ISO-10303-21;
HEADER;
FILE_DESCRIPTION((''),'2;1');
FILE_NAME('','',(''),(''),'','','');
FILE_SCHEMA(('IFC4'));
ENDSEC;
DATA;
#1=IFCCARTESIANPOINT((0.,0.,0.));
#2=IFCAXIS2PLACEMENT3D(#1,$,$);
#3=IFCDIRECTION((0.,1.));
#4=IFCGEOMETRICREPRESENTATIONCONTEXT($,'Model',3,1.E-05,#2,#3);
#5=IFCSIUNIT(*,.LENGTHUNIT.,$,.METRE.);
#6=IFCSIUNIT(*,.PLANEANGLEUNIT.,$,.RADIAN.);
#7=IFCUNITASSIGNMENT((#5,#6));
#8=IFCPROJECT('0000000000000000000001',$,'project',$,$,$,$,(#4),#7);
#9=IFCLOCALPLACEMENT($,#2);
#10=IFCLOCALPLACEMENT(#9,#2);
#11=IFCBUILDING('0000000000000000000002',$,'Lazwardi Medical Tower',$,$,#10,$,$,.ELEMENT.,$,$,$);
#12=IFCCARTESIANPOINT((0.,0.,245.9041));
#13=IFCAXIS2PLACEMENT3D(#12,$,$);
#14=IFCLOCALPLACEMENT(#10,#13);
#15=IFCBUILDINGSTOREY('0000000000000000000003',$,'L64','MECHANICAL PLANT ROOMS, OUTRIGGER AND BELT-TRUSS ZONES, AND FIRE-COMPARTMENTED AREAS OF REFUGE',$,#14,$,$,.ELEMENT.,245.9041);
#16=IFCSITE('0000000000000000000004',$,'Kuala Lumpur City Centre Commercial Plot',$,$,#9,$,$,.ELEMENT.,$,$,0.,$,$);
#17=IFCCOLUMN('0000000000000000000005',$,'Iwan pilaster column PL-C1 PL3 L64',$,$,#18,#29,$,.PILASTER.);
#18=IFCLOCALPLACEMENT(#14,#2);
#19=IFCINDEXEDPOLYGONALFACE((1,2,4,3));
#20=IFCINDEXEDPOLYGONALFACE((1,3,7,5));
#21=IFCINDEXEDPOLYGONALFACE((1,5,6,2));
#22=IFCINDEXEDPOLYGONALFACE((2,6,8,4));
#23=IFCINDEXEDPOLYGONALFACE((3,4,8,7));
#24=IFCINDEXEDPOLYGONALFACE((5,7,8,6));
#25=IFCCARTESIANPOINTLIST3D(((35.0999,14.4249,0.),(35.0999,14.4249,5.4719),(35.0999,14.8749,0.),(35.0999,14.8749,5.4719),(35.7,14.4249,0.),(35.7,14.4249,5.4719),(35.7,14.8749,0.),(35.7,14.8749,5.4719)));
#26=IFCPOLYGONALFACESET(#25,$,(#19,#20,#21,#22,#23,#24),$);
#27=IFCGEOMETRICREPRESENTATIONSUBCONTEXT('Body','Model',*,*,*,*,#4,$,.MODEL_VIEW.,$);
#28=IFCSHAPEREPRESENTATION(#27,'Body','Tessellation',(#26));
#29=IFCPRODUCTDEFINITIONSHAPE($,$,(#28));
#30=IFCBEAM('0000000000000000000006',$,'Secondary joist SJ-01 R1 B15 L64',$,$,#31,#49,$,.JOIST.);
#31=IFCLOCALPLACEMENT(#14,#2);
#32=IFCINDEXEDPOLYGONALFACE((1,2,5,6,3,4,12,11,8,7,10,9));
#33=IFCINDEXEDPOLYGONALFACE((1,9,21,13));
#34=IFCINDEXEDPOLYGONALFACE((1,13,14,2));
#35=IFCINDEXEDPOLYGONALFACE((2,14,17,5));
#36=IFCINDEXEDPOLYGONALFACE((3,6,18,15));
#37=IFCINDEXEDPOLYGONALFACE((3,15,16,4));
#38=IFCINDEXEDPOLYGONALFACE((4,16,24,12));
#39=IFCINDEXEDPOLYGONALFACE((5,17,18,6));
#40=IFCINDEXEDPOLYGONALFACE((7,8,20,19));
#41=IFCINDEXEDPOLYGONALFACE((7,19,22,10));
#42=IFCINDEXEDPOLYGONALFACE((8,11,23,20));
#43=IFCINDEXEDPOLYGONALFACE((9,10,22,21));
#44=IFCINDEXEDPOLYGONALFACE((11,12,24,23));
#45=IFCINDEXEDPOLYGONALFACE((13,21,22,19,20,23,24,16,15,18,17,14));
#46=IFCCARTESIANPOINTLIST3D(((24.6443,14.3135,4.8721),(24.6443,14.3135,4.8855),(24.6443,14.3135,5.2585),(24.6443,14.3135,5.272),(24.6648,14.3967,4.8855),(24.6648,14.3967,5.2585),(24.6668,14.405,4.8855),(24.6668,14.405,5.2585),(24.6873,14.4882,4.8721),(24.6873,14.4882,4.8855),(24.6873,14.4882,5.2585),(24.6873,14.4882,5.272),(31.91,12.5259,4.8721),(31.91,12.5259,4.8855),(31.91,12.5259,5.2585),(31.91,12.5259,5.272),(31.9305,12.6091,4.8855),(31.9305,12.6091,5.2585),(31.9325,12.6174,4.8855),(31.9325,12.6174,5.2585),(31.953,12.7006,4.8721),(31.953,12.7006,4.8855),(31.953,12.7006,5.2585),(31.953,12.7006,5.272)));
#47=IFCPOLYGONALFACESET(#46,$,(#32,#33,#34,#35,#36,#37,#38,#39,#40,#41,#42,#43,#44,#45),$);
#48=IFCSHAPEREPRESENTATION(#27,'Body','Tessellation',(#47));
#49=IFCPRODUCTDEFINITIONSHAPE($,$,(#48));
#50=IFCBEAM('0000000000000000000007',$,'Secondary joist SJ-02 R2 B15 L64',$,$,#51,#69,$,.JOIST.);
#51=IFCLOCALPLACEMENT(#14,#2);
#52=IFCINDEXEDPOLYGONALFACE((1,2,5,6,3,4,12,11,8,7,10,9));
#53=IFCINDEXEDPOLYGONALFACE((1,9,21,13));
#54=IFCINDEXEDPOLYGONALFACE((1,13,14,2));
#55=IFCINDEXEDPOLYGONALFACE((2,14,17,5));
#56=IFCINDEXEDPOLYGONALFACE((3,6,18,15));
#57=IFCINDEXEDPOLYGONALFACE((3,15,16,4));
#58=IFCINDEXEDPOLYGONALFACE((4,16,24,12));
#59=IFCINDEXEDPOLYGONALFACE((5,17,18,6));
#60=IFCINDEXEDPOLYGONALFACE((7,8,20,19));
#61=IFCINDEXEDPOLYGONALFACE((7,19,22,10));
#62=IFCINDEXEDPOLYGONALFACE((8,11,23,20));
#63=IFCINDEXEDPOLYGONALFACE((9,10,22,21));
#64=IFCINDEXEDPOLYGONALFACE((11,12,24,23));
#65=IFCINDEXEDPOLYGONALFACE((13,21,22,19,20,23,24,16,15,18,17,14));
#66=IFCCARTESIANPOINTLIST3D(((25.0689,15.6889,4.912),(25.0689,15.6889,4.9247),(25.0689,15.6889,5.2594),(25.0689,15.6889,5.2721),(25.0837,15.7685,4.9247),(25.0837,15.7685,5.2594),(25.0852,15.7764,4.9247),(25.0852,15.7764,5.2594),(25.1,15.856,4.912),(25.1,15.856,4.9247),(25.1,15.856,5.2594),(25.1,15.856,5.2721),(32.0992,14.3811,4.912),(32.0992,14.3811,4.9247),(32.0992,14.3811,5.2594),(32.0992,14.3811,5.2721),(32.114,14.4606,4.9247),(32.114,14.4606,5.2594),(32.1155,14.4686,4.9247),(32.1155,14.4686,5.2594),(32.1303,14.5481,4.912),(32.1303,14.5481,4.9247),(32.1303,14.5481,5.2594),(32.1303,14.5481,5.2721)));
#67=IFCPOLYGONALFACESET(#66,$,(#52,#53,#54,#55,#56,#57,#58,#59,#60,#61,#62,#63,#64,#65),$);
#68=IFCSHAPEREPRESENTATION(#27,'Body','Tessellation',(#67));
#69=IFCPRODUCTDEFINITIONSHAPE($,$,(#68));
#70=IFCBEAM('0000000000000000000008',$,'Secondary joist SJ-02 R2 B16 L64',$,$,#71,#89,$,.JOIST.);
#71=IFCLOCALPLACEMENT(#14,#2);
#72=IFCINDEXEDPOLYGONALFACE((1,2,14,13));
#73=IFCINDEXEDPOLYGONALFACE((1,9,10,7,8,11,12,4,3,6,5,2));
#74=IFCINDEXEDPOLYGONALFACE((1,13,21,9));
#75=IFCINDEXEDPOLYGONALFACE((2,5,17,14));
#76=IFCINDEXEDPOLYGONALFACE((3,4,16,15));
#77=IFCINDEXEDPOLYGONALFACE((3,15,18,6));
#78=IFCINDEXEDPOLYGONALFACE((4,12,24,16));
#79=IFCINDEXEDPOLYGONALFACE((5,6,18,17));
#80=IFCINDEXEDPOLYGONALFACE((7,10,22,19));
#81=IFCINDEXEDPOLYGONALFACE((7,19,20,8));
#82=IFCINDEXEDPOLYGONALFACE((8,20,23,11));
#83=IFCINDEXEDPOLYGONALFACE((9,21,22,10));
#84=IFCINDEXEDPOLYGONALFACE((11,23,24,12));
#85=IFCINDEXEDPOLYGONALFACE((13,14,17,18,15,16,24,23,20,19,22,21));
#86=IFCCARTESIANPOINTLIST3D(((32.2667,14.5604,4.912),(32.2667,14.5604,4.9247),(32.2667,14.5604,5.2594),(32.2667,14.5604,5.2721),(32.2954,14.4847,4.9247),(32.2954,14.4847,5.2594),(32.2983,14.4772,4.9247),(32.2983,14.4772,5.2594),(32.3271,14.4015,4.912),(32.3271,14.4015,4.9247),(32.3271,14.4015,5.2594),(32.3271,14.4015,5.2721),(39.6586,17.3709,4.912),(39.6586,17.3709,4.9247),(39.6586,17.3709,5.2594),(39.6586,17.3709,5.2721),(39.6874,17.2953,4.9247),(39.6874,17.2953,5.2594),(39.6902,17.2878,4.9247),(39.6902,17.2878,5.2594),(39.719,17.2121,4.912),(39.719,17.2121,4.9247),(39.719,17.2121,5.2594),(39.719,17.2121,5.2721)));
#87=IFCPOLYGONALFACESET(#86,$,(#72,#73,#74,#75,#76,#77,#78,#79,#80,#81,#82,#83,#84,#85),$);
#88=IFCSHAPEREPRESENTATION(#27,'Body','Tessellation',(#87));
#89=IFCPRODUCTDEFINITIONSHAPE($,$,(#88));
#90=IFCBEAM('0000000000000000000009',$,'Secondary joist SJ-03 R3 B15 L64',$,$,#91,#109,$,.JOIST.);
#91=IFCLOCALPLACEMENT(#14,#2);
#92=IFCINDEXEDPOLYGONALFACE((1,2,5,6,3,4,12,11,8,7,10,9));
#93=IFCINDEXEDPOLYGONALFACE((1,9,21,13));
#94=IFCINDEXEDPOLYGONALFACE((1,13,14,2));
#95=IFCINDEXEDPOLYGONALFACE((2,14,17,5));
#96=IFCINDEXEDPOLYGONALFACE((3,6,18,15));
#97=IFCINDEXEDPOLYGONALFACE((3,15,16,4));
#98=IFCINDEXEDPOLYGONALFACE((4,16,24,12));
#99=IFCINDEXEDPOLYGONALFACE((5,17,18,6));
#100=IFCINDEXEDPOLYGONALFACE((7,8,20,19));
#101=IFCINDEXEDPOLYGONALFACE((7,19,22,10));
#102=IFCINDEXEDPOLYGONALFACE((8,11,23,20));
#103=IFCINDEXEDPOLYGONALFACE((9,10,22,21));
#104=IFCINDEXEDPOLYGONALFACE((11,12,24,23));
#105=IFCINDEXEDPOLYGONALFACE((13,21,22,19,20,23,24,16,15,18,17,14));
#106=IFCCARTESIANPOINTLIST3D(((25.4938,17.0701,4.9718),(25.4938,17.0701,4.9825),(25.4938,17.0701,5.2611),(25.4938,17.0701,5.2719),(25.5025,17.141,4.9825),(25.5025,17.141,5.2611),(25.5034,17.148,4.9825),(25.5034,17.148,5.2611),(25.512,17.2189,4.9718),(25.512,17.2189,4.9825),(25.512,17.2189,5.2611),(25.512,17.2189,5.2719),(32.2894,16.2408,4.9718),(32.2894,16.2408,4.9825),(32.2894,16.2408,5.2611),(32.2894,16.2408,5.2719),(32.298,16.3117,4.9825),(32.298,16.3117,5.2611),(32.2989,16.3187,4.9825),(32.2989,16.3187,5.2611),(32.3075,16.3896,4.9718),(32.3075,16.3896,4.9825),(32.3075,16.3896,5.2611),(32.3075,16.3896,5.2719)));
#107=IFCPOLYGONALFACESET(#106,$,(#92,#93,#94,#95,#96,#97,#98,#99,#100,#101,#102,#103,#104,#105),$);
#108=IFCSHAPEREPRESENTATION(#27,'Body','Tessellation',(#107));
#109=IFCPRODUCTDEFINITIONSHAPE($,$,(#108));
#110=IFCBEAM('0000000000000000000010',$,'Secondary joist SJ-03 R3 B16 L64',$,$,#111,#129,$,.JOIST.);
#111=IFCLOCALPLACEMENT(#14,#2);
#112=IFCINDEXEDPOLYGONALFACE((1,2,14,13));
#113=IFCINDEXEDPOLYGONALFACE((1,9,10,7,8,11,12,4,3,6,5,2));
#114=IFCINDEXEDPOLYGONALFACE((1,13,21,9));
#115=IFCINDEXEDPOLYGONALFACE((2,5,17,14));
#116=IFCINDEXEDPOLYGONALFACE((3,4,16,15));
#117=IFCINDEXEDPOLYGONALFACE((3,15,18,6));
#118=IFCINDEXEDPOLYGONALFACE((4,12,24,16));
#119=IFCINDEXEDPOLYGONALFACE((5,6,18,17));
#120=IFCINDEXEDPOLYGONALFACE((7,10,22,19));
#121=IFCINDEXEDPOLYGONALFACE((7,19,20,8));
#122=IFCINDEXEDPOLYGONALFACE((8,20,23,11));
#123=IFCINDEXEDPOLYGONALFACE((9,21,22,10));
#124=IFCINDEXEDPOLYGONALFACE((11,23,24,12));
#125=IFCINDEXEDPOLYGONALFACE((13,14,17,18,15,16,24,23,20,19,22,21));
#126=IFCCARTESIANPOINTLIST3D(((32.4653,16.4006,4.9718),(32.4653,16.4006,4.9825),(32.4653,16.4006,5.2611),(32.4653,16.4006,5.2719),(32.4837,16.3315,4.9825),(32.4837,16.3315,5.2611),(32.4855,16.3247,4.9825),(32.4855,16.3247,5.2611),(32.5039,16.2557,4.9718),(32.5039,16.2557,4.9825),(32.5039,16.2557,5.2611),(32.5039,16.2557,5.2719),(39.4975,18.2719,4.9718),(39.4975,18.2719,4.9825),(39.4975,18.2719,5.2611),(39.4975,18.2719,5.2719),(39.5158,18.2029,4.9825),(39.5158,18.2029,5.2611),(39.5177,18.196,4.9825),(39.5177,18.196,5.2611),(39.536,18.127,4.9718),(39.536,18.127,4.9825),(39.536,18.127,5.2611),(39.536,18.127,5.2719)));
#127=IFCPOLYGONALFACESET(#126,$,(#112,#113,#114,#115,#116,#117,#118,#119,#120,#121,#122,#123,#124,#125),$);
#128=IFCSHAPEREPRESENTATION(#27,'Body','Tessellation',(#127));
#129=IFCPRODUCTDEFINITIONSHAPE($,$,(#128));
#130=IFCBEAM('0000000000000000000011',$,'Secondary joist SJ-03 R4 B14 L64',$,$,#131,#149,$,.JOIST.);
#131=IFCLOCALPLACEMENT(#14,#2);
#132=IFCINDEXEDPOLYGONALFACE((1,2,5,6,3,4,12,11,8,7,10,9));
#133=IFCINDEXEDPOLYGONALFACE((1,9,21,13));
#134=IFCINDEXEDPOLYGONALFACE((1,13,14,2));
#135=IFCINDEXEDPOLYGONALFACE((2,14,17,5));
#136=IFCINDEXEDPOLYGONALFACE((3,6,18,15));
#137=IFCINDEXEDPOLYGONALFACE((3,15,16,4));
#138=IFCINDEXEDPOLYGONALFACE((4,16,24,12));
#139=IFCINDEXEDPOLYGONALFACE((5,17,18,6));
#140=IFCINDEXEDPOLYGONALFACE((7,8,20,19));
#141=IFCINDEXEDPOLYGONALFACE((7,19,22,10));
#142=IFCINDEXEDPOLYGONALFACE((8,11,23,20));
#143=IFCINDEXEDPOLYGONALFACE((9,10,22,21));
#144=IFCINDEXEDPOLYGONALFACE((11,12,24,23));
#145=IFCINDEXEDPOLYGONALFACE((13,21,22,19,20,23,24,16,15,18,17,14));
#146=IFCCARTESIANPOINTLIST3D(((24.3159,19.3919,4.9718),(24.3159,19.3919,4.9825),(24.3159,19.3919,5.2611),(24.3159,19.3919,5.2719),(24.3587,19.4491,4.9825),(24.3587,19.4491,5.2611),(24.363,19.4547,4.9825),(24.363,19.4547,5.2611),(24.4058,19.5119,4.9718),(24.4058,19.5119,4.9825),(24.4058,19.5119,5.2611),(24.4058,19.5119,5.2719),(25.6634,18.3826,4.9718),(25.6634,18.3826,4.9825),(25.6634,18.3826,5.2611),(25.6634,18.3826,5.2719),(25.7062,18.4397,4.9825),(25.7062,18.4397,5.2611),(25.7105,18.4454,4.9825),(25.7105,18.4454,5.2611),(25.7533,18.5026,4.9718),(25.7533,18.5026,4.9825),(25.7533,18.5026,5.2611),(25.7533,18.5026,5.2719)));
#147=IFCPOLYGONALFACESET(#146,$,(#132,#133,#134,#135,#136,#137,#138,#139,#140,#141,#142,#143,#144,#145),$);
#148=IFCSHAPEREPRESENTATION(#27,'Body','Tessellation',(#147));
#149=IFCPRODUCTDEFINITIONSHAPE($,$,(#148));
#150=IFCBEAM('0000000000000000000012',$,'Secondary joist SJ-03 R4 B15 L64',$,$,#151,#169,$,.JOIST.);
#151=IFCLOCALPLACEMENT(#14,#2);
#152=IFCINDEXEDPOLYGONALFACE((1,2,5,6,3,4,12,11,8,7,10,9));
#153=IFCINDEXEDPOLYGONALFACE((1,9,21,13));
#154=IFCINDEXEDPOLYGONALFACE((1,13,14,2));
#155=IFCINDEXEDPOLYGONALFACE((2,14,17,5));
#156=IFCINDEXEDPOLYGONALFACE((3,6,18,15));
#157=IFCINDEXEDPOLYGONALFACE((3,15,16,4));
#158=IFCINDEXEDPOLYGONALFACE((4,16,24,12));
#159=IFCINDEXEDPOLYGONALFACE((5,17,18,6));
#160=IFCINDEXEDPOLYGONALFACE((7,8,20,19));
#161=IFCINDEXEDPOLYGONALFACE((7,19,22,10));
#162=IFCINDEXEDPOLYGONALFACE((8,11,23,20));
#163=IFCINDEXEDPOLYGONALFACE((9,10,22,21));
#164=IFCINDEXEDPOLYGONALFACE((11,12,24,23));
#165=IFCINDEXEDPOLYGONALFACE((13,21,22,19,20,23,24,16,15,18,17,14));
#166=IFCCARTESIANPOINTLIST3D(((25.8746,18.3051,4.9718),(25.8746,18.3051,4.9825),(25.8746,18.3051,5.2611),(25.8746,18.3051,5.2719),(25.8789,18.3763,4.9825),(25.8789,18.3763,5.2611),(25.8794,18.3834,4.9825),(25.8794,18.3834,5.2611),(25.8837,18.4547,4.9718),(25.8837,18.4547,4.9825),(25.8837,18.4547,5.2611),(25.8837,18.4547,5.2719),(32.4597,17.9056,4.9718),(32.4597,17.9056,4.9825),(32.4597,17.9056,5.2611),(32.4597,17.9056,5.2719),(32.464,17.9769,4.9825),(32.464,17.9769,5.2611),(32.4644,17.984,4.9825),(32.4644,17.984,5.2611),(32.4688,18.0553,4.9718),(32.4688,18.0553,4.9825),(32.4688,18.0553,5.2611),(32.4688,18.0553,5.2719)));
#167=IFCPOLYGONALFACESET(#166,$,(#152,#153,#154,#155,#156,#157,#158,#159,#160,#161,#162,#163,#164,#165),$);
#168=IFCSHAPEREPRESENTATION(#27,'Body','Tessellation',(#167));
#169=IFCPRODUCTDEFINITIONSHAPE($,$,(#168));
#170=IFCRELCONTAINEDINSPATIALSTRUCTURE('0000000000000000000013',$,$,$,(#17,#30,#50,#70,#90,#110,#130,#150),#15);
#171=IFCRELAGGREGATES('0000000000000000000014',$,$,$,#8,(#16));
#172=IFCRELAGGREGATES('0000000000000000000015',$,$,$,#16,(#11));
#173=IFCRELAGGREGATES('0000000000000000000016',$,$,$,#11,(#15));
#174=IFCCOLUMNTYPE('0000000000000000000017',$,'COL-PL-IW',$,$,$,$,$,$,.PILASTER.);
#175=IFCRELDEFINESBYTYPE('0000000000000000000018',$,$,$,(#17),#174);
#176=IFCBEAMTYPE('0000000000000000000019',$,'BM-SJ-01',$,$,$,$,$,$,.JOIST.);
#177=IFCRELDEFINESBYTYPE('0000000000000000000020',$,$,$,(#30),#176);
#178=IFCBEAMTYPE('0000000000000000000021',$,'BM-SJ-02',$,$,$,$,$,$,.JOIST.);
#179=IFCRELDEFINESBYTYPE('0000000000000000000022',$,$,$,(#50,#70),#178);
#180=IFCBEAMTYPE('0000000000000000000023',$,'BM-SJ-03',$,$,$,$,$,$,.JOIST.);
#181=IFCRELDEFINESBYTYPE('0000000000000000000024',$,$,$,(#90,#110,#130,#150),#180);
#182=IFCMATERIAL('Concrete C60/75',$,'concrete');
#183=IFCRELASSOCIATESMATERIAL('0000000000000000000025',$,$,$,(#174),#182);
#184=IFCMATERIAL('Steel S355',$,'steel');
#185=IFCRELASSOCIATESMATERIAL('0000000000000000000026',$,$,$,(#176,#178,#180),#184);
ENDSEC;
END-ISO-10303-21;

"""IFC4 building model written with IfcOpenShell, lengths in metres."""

from ifc_helpers import new_model, si_unit, direction, frame, origin, origin_2d, place, context, subcontext, project, spatial, rectangle, i_section, extrude, material, material_profile, profile_set, type_object, element, save


model = new_model("IFC4")

# Units and contexts
model_context = context("Model", 3, precision=1e-05, world=origin(), true_north=direction((0.0, 1.0)))
body_context = subcontext(model_context, "Body", "Model", "MODEL_VIEW")
ifc_project = project(units=[si_unit("LENGTHUNIT", "METRE"), si_unit("PLANEANGLEUNIT", "RADIAN")], contexts=[model_context])

# Site, building, storey
site_placement = place(None, origin())
site = spatial("IfcSite", under=ifc_project, at=site_placement, Name="Kuala Lumpur City Centre Commercial Plot", CompositionType="ELEMENT", RefElevation=0.0)
building_placement = place(site_placement, origin())
building = spatial("IfcBuilding", under=site, at=building_placement, Name="Lazwardi Medical Tower", CompositionType="ELEMENT")
storey_placement = place(building_placement, frame((0.0, 0.0, 245.9041)))
storey = spatial("IfcBuildingStorey", under=building, at=storey_placement, Name="L64", Description="MECHANICAL PLANT ROOMS, OUTRIGGER AND BELT-TRUSS ZONES, AND FIRE-COMPARTMENTED AREAS OF REFUGE", CompositionType="ELEMENT", Elevation=245.9041)

# Column
ifc_material_1 = material(Name="Concrete C60/75", Category="concrete")
ifc_material_profile_1 = material_profile(ifc_material_1, rectangle(XDim=0.6001, YDim=0.45, at=origin_2d()), Name="RC 600x450")
ifc_profile_set_1 = profile_set([ifc_material_profile_1], Name="Concrete C60/75")
column_type = type_object("IfcColumnType", Name="COL-PL-IW", PredefinedType="PILASTER", material=ifc_profile_set_1)
column_placement = place(storey_placement, frame((35.3999, 14.6499, 0.0), z_axis=(0.0, 0.0, 1.0), x_axis=(1.0, 0.0, 0.0)))
element("IfcColumn", 1, at=column_placement, inside=storey, type_object=column_type, Name="Iwan pilaster column PL-C1 PL3 L64", PredefinedType="PILASTER", context=body_context, shape_type="SweptSolid", body=[
    extrude(rectangle(XDim=0.6001, YDim=0.45, at=origin_2d()), origin(), (0.0, 0.0, 1.0), 5.4719),
])

# Beams
ifc_material_2 = material(Name="Steel S355", Category="steel")
ifc_material_profile_2 = material_profile(ifc_material_2, i_section(OverallWidth=0.1799, OverallDepth=0.3999, WebThickness=0.0085, FlangeThickness=0.0134, at=origin_2d()), Name="IPE 400")
ifc_profile_set_2 = profile_set([ifc_material_profile_2], Name="Steel S355")
beam_type_1 = type_object("IfcBeamType", Name="BM-SJ-01", PredefinedType="JOIST", material=ifc_profile_set_2)
beam_1_placement = place(storey_placement, frame((24.6658, 14.4009, 5.072), z_axis=(0.971042, -0.23891, 0.0), x_axis=(0.23891, 0.971042, 0.0)))
element("IfcBeam", 2, at=beam_1_placement, inside=storey, type_object=beam_type_1, Name="Secondary joist SJ-01 R1 B15 L64", PredefinedType="JOIST", context=body_context, shape_type="SweptSolid", body=[
    extrude(i_section(OverallWidth=0.1799, OverallDepth=0.3999, WebThickness=0.0085, FlangeThickness=0.0134, at=origin_2d()), origin(), (0.0, 0.0, 1.0), 7.4824),
])
ifc_material_profile_3 = material_profile(ifc_material_2, i_section(OverallWidth=0.1699, OverallDepth=0.3601, WebThickness=0.0081, FlangeThickness=0.0127, at=origin_2d()), Name="IPE 360")
ifc_profile_set_3 = profile_set([ifc_material_profile_3], Name="Steel S355")
beam_type_2 = type_object("IfcBeamType", Name="BM-SJ-02", PredefinedType="JOIST", material=ifc_profile_set_3)
beam_2_placement = place(storey_placement, frame((25.0845, 15.7725, 5.092), z_axis=(0.983132, -0.182895, 0.0), x_axis=(0.182895, 0.983132, 0.0)))
element("IfcBeam", 3, at=beam_2_placement, inside=storey, type_object=beam_type_2, Name="Secondary joist SJ-02 R2 B15 L64", PredefinedType="JOIST", context=body_context, shape_type="SweptSolid", body=[
    extrude(i_section(OverallWidth=0.1699, OverallDepth=0.3601, WebThickness=0.0081, FlangeThickness=0.0127, at=origin_2d()), origin(), (0.0, 0.0, 1.0), 7.1509),
])
beam_3_placement = place(storey_placement, frame((32.2969, 14.481, 5.092), z_axis=(0.934714, 0.3554, 0.0), x_axis=(-0.3554, 0.934714, 0.0)))
element("IfcBeam", 4, at=beam_3_placement, inside=storey, type_object=beam_type_2, Name="Secondary joist SJ-02 R2 B16 L64", PredefinedType="JOIST", context=body_context, shape_type="SweptSolid", body=[
    extrude(i_section(OverallWidth=0.1699, OverallDepth=0.3601, WebThickness=0.0081, FlangeThickness=0.0127, at=origin_2d()), origin(), (0.0, 0.0, 1.0), 7.9082),
])
ifc_material_profile_4 = material_profile(ifc_material_2, i_section(OverallWidth=0.1499, OverallDepth=0.3, WebThickness=0.0071, FlangeThickness=0.0107, at=origin_2d()), Name="IPE 300")
ifc_profile_set_4 = profile_set([ifc_material_profile_4], Name="Steel S355")
beam_type_3 = type_object("IfcBeamType", Name="BM-SJ-03", PredefinedType="JOIST", material=ifc_profile_set_4)
beam_4_placement = place(storey_placement, frame((25.5029, 17.1445, 5.1218), z_axis=(0.992635, -0.121146, 0.0), x_axis=(0.121146, 0.992635, 0.0)))
element("IfcBeam", 5, at=beam_4_placement, inside=storey, type_object=beam_type_3, Name="Secondary joist SJ-03 R3 B15 L64", PredefinedType="JOIST", context=body_context, shape_type="SweptSolid", body=[
    extrude(i_section(OverallWidth=0.1499, OverallDepth=0.3, WebThickness=0.0071, FlangeThickness=0.0107, at=origin_2d()), origin(), (0.0, 0.0, 1.0), 6.8459),
])
beam_5_placement = place(storey_placement, frame((32.4846, 16.3281, 5.1218), z_axis=(0.966369, 0.257159, 0.0), x_axis=(-0.257159, 0.966369, 0.0)))
element("IfcBeam", 6, at=beam_5_placement, inside=storey, type_object=beam_type_3, Name="Secondary joist SJ-03 R3 B16 L64", PredefinedType="JOIST", context=body_context, shape_type="SweptSolid", body=[
    extrude(i_section(OverallWidth=0.1499, OverallDepth=0.3, WebThickness=0.0071, FlangeThickness=0.0107, at=origin_2d()), origin(), (0.0, 0.0, 1.0), 7.2769),
])
beam_6_placement = place(storey_placement, frame((24.3608, 19.4519, 5.1218), z_axis=(0.800365, -0.599513, 0.0), x_axis=(0.599513, 0.800365, 0.0)))
element("IfcBeam", 7, at=beam_6_placement, inside=storey, type_object=beam_type_3, Name="Secondary joist SJ-03 R4 B14 L64", PredefinedType="JOIST", context=body_context, shape_type="SweptSolid", body=[
    extrude(i_section(OverallWidth=0.1499, OverallDepth=0.3, WebThickness=0.0071, FlangeThickness=0.0107, at=origin_2d()), origin(), (0.0, 0.0, 1.0), 1.6836),
])
beam_7_placement = place(storey_placement, frame((25.8792, 18.3799, 5.1218), z_axis=(0.998166, -0.060544, 0.0), x_axis=(0.060544, 0.998166, 0.0)))
element("IfcBeam", 8, at=beam_7_placement, inside=storey, type_object=beam_type_3, Name="Secondary joist SJ-03 R4 B15 L64", PredefinedType="JOIST", context=body_context, shape_type="SweptSolid", body=[
    extrude(i_section(OverallWidth=0.1499, OverallDepth=0.3, WebThickness=0.0071, FlangeThickness=0.0107, at=origin_2d()), origin(), (0.0, 0.0, 1.0), 6.5972),
])

save(model, "model.ifc")
